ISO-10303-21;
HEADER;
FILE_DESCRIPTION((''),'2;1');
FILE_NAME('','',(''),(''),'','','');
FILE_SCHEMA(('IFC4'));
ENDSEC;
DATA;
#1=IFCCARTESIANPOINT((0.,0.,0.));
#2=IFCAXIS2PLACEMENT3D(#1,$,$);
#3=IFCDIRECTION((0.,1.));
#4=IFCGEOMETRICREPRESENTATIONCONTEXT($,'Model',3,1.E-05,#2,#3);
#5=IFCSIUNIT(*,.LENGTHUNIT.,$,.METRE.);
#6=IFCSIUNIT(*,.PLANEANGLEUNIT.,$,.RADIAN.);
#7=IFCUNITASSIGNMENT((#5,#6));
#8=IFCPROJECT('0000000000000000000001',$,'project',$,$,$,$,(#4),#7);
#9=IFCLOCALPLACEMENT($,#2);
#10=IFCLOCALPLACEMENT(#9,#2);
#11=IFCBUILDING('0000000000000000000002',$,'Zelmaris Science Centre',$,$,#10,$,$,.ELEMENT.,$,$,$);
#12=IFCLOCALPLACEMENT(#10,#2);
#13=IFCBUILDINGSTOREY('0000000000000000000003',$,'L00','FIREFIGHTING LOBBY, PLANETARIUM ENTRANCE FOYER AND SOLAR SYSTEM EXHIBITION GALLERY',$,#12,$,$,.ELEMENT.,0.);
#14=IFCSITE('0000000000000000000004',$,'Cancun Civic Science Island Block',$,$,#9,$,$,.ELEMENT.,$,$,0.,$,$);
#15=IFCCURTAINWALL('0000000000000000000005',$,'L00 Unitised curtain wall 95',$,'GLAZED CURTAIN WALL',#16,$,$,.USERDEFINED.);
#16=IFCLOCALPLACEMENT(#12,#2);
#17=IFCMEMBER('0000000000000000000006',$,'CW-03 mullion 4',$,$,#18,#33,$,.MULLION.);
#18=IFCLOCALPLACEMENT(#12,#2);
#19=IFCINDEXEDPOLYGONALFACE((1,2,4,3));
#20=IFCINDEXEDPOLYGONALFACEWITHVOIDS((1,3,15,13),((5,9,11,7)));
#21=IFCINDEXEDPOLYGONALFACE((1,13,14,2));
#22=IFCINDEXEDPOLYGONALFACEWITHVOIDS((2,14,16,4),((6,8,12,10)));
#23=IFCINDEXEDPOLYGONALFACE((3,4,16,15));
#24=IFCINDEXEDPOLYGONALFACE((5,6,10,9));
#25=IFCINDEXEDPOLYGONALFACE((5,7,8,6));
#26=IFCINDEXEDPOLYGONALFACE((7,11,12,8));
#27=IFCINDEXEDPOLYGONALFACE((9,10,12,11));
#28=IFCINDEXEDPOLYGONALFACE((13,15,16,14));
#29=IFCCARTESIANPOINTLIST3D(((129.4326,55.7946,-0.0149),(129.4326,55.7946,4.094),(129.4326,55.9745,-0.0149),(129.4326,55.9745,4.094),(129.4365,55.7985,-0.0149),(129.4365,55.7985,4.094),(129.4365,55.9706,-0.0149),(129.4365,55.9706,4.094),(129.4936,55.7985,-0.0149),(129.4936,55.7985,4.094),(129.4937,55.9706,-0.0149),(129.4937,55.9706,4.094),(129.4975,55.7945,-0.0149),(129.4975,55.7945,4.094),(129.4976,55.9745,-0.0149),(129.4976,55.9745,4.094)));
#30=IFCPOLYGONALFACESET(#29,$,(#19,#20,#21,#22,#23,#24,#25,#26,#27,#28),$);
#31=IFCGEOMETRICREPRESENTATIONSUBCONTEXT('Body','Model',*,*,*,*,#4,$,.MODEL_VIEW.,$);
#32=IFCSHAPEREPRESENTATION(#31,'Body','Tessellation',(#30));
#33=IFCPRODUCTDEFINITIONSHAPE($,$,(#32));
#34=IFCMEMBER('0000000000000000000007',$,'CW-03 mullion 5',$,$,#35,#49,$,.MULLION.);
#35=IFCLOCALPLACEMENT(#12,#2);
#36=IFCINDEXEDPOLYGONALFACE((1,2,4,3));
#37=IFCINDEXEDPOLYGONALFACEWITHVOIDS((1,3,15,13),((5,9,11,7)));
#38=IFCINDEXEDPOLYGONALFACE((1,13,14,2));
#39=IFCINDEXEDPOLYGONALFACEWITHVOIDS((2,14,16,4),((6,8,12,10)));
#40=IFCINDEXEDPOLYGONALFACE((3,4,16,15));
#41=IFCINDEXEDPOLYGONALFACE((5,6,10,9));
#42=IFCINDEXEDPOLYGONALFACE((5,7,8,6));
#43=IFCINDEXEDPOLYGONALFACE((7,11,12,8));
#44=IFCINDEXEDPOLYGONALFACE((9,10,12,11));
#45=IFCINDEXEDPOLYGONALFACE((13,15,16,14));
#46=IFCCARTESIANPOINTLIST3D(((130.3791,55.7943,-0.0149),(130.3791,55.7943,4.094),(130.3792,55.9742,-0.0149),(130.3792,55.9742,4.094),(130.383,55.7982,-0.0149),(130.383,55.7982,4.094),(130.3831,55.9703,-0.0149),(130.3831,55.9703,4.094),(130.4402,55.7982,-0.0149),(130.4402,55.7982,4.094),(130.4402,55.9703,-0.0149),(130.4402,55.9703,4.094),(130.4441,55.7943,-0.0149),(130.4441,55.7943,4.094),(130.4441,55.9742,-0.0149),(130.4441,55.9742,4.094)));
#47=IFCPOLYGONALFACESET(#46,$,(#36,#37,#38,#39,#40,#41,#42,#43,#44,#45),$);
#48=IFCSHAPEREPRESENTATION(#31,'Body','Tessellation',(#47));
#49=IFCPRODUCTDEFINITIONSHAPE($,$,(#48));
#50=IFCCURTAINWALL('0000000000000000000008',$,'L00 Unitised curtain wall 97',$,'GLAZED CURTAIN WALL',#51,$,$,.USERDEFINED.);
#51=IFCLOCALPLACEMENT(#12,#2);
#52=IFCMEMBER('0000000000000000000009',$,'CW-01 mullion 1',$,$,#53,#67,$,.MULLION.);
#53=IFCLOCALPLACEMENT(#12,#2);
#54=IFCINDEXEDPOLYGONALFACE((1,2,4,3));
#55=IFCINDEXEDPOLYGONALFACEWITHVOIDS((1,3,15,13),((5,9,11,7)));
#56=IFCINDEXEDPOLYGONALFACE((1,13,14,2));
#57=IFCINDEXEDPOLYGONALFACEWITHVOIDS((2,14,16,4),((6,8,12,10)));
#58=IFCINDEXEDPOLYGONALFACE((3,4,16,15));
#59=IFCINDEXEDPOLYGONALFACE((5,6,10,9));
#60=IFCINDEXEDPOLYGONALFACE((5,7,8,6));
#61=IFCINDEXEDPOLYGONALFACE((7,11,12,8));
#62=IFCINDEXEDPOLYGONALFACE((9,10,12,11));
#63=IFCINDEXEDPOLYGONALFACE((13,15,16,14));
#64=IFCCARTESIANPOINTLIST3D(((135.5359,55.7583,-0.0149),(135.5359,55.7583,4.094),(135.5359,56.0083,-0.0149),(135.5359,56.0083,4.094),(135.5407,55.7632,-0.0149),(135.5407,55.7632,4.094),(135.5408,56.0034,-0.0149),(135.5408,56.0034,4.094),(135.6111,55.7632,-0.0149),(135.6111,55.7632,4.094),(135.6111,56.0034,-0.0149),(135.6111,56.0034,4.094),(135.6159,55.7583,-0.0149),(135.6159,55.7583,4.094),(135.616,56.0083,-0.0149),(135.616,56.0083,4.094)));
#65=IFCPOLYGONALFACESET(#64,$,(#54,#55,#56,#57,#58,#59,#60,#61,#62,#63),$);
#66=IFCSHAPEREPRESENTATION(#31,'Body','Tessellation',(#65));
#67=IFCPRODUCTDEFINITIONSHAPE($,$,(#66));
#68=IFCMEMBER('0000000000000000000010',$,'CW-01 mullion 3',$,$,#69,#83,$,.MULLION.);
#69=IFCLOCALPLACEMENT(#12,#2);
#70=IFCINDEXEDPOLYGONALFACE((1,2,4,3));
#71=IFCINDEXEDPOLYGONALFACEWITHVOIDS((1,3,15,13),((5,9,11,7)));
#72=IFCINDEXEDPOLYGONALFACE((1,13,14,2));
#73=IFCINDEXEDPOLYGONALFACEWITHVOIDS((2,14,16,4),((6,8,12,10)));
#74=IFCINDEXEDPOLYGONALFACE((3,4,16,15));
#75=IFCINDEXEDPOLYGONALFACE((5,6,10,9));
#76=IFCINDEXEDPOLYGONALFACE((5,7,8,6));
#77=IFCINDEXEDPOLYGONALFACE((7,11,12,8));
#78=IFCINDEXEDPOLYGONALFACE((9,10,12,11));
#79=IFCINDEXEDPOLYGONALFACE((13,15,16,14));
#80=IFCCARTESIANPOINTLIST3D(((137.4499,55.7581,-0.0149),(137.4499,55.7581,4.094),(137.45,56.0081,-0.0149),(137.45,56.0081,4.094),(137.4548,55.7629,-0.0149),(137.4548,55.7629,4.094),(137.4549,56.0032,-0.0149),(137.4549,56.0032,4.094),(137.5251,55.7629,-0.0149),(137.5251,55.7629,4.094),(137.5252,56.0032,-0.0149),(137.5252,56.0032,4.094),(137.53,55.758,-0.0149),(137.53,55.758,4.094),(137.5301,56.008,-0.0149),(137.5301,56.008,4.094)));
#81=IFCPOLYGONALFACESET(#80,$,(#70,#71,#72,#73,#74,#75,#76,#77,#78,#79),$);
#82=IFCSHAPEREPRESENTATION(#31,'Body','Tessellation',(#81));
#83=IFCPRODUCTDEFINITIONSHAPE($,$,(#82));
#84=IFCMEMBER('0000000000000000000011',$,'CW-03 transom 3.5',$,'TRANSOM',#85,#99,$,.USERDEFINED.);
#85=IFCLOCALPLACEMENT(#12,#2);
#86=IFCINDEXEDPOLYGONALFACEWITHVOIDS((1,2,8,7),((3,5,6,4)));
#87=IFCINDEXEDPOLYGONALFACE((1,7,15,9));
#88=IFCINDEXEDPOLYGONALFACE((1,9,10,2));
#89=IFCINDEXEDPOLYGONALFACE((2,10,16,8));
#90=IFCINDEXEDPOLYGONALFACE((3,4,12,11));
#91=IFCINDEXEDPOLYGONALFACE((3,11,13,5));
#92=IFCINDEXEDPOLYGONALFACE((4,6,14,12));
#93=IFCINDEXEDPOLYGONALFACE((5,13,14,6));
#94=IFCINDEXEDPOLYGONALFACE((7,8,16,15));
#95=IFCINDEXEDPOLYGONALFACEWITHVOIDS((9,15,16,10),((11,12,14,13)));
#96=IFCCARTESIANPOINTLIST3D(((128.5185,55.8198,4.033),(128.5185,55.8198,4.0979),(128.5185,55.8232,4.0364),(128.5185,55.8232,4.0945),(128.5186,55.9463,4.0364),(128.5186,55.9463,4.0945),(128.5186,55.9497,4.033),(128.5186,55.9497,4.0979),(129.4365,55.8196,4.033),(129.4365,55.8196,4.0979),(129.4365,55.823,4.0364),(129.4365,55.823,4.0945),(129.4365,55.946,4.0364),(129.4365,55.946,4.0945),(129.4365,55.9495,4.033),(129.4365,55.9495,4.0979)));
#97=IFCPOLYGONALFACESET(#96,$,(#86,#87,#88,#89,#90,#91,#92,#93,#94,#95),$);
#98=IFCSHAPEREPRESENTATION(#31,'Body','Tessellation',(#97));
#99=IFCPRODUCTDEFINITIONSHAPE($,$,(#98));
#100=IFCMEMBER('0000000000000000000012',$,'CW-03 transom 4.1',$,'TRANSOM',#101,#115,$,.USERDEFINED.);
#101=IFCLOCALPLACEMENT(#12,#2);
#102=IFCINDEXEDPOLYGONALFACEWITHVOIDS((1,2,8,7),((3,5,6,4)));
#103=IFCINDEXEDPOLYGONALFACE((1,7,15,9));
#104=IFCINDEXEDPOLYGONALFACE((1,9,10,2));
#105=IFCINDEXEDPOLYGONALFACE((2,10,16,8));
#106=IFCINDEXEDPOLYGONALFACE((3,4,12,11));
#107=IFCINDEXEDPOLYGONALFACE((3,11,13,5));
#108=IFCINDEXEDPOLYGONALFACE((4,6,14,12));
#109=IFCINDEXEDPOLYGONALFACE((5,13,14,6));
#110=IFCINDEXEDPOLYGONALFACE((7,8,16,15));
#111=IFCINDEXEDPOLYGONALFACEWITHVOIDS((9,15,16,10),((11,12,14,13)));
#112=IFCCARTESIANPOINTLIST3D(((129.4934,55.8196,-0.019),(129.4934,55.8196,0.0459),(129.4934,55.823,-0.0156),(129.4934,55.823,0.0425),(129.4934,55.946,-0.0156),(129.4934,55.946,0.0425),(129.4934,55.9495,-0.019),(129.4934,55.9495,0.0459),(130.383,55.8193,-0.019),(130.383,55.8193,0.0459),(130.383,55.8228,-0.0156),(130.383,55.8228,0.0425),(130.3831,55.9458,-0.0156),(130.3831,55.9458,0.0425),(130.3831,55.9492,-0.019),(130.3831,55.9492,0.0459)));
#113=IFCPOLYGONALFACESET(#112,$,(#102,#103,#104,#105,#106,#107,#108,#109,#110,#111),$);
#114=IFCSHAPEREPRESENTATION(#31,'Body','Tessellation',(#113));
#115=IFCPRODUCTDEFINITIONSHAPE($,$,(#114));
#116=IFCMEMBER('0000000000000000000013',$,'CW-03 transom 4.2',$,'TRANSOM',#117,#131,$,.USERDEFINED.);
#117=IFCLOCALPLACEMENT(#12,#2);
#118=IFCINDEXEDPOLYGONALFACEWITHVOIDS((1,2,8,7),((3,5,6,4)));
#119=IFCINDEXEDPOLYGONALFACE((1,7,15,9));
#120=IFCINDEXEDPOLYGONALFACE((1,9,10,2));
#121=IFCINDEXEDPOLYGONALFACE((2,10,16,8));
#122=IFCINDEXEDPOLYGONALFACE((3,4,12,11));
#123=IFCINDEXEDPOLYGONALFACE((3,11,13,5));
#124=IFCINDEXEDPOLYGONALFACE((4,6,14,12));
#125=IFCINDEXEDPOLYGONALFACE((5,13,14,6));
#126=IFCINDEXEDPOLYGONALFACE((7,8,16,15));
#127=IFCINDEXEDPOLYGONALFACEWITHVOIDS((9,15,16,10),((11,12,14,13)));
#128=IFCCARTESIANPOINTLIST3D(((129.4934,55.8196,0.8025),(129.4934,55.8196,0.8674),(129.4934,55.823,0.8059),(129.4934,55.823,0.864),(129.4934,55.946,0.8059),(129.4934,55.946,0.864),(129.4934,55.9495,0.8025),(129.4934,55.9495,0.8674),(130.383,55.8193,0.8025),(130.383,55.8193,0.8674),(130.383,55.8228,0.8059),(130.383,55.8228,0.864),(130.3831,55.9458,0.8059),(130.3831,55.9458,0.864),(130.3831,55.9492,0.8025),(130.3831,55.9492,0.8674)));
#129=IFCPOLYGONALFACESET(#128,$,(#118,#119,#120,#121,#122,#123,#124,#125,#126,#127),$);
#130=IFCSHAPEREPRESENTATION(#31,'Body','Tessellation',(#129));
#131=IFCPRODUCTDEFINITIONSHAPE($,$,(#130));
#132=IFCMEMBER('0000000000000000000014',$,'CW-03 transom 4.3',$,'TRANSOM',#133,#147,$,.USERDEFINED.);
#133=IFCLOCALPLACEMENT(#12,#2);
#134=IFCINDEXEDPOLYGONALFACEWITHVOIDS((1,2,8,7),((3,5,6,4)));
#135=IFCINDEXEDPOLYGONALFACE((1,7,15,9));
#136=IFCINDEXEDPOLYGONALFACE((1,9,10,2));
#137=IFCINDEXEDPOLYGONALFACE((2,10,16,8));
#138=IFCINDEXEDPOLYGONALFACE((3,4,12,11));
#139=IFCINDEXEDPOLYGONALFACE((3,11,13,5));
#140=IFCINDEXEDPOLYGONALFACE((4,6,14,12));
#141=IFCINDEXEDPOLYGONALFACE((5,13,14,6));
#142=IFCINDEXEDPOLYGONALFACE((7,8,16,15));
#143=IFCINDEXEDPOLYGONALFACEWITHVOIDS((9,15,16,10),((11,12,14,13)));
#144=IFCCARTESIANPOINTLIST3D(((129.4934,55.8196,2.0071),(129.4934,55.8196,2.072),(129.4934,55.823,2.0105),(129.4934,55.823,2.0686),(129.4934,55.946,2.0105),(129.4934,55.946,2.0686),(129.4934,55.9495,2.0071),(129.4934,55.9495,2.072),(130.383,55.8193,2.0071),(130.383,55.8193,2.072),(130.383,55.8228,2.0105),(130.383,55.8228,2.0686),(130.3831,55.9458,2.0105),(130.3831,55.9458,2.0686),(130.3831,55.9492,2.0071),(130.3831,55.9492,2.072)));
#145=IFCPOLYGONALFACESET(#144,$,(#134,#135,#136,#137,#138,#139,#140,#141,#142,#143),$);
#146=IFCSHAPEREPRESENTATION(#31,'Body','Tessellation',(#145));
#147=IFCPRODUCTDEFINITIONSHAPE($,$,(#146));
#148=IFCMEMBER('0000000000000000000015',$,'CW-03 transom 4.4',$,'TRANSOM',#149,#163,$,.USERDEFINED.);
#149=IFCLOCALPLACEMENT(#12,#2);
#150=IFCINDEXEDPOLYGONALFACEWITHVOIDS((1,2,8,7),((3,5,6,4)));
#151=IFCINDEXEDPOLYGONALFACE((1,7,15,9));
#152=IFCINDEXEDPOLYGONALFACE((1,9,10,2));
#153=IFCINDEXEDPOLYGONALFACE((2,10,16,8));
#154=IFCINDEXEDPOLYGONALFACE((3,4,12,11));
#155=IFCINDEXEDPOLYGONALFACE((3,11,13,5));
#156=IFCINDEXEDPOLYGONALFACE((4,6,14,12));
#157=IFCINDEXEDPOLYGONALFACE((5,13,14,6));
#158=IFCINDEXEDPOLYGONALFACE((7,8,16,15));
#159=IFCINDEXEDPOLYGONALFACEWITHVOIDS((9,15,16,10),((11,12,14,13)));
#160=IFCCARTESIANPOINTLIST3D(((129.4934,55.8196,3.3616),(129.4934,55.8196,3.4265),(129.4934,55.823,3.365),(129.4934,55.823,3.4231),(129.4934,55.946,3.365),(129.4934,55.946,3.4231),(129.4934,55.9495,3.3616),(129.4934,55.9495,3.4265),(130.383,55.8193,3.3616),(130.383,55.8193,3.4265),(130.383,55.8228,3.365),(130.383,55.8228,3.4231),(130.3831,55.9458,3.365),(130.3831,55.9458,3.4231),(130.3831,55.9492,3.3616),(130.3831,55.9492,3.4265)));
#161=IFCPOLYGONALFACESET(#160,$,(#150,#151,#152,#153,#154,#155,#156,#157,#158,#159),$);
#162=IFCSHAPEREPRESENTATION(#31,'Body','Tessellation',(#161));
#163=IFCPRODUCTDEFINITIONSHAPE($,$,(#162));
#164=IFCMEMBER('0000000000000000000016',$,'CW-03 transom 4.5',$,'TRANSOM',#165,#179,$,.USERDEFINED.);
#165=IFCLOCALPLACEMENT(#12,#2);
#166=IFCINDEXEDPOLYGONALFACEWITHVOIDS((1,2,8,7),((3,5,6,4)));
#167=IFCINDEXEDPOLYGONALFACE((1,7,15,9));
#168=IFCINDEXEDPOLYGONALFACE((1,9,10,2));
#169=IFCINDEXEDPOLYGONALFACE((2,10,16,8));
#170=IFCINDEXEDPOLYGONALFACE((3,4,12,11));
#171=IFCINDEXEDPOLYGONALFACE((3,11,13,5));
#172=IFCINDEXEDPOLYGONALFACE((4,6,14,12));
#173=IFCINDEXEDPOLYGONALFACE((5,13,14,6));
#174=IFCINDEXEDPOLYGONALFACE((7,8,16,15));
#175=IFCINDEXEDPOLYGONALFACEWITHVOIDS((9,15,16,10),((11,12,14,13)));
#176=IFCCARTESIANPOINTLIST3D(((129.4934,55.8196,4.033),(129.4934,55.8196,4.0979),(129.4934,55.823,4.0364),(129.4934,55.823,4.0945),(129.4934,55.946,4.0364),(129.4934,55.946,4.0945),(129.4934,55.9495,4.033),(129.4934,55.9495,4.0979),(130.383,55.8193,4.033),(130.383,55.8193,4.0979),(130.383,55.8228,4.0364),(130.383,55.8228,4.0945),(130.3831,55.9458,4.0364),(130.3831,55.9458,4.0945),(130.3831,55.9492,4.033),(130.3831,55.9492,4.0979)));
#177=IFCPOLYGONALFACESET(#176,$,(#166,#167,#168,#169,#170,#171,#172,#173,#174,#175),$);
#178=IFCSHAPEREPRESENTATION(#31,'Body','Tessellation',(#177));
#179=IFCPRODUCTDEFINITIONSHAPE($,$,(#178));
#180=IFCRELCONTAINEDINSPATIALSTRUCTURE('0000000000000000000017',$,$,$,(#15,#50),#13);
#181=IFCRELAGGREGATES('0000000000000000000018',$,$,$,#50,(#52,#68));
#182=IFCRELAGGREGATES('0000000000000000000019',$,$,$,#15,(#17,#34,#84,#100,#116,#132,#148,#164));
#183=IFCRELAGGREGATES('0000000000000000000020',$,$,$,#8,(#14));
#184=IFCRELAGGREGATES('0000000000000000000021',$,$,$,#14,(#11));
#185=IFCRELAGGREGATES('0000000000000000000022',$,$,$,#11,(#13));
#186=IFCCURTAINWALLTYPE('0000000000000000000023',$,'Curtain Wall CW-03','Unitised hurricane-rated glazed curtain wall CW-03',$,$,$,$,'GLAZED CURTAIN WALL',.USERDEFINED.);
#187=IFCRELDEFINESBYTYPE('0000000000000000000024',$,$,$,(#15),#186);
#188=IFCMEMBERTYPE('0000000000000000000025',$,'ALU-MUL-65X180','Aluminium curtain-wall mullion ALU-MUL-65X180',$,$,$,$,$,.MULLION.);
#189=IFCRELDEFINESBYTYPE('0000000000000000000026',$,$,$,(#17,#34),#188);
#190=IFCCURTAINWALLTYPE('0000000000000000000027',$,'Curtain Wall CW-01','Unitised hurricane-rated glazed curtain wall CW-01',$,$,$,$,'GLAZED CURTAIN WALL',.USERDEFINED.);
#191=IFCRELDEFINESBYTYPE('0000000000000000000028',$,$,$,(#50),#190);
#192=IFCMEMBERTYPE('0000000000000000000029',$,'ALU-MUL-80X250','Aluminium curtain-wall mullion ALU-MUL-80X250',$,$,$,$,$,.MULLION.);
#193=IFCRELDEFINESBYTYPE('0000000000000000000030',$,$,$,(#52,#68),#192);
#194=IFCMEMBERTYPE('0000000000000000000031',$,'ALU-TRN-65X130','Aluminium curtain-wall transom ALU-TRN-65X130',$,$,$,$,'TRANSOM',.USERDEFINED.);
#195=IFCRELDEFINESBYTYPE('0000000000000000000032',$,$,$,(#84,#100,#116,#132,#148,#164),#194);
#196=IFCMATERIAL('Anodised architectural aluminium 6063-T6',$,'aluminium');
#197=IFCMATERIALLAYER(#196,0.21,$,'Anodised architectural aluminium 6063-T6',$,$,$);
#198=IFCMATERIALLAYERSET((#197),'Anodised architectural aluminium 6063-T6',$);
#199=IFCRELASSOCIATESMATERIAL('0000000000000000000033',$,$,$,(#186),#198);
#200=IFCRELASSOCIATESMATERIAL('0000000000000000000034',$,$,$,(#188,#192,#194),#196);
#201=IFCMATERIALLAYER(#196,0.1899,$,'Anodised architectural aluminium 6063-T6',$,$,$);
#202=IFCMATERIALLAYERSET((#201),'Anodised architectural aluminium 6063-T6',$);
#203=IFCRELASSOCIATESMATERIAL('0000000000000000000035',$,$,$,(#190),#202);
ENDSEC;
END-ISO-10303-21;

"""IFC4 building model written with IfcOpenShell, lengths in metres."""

from ifc_helpers import new_model, si_unit, direction, frame, origin, origin_2d, place, context, subcontext, project, spatial, hollow_rectangle, extrude, material, layer, layer_set, material_profile, profile_set, type_object, element, aggregate, save


model = new_model("IFC4")

# Units and contexts
model_context = context("Model", 3, precision=1e-05, world=origin(), true_north=direction((0.0, 1.0)))
body_context = subcontext(model_context, "Body", "Model", "MODEL_VIEW")
ifc_project = project(units=[si_unit("LENGTHUNIT", "METRE"), si_unit("PLANEANGLEUNIT", "RADIAN")], contexts=[model_context])

# Site, building, storey
site_placement = place(None, origin())
site = spatial("IfcSite", under=ifc_project, at=site_placement, Name="Cancun Civic Science Island Block", CompositionType="ELEMENT", RefElevation=0.0)
building_placement = place(site_placement, origin())
building = spatial("IfcBuilding", under=site, at=building_placement, Name="Zelmaris Science Centre", CompositionType="ELEMENT")
storey_placement = place(building_placement, origin())
storey = spatial("IfcBuildingStorey", under=building, at=storey_placement, Name="L00", Description="FIREFIGHTING LOBBY, PLANETARIUM ENTRANCE FOYER AND SOLAR SYSTEM EXHIBITION GALLERY", CompositionType="ELEMENT", Elevation=0.0)

# Curtain walls, members
ifc_material_1 = material(Name="Anodised architectural aluminium 6063-T6", Category="aluminium")
ifc_layer_1 = layer(ifc_material_1, 0.21, Name="Anodised architectural aluminium 6063-T6")
ifc_layer_set_1 = layer_set([ifc_layer_1], Name="Anodised architectural aluminium 6063-T6")
curtain_wall_type_1 = type_object("IfcCurtainWallType", Name="Curtain Wall CW-03", Description="Unitised hurricane-rated glazed curtain wall CW-03", ElementType="GLAZED CURTAIN WALL", PredefinedType="USERDEFINED", material=ifc_layer_set_1)
curtain_wall_1_placement = place(storey_placement, origin())
curtain_wall_1 = element("IfcCurtainWall", 1, at=curtain_wall_1_placement, inside=storey, type_object=curtain_wall_type_1, Name="L00 Unitised curtain wall 95", ObjectType="GLAZED CURTAIN WALL", PredefinedType="USERDEFINED")
ifc_material_profile_1 = material_profile(ifc_material_1, hollow_rectangle(XDim=0.0649, YDim=0.1799, WallThickness=0.0039, at=origin_2d()), Name="ALU-MUL-65X180")
ifc_profile_set_1 = profile_set([ifc_material_profile_1], Name="Anodised architectural aluminium 6063-T6")
member_type_1 = type_object("IfcMemberType", Name="ALU-MUL-65X180", Description="Aluminium curtain-wall mullion ALU-MUL-65X180", PredefinedType="MULLION", material=ifc_profile_set_1)
member_1_placement = place(storey_placement, frame((129.4651, 55.8845, -0.0149), z_axis=(0.0, 0.0, 1.0), x_axis=(1.0, -0.000194, 0.0)))
member_1 = element("IfcMember", 2, at=member_1_placement, type_object=member_type_1, Name="CW-03 mullion 4", PredefinedType="MULLION", context=body_context, shape_type="SweptSolid", body=[
    extrude(hollow_rectangle(XDim=0.0649, YDim=0.1799, WallThickness=0.0039, at=origin_2d()), origin(), (0.0, 0.0, 1.0), 4.1089),
])
member_2_placement = place(storey_placement, frame((130.4116, 55.8843, -0.0149), z_axis=(0.0, 0.0, 1.0), x_axis=(1.0, -0.000194, 0.0)))
member_2 = element("IfcMember", 3, at=member_2_placement, type_object=member_type_1, Name="CW-03 mullion 5", PredefinedType="MULLION", context=body_context, shape_type="SweptSolid", body=[
    extrude(hollow_rectangle(XDim=0.0649, YDim=0.1799, WallThickness=0.0039, at=origin_2d()), origin(), (0.0, 0.0, 1.0), 4.1089),
])
ifc_layer_2 = layer(ifc_material_1, 0.1899, Name="Anodised architectural aluminium 6063-T6")
ifc_layer_set_2 = layer_set([ifc_layer_2], Name="Anodised architectural aluminium 6063-T6")
curtain_wall_type_2 = type_object("IfcCurtainWallType", Name="Curtain Wall CW-01", Description="Unitised hurricane-rated glazed curtain wall CW-01", ElementType="GLAZED CURTAIN WALL", PredefinedType="USERDEFINED", material=ifc_layer_set_2)
curtain_wall_2_placement = place(storey_placement, origin())
curtain_wall_2 = element("IfcCurtainWall", 4, at=curtain_wall_2_placement, inside=storey, type_object=curtain_wall_type_2, Name="L00 Unitised curtain wall 97", ObjectType="GLAZED CURTAIN WALL", PredefinedType="USERDEFINED")
ifc_material_profile_2 = material_profile(ifc_material_1, hollow_rectangle(XDim=0.0801, YDim=0.25, WallThickness=0.0049, at=origin_2d()), Name="ALU-MUL-80X250")
ifc_profile_set_2 = profile_set([ifc_material_profile_2], Name="Anodised architectural aluminium 6063-T6")
member_type_2 = type_object("IfcMemberType", Name="ALU-MUL-80X250", Description="Aluminium curtain-wall mullion ALU-MUL-80X250", PredefinedType="MULLION", material=ifc_profile_set_2)
member_3_placement = place(storey_placement, frame((135.5759, 55.8833, -0.0149), z_axis=(0.0, 0.0, 1.0), x_axis=(1.0, -0.000194, 0.0)))
member_3 = element("IfcMember", 5, at=member_3_placement, type_object=member_type_2, Name="CW-01 mullion 1", PredefinedType="MULLION", context=body_context, shape_type="SweptSolid", body=[
    extrude(hollow_rectangle(XDim=0.0801, YDim=0.25, WallThickness=0.0049, at=origin_2d()), origin(), (0.0, 0.0, 1.0), 4.1089),
])
member_4_placement = place(storey_placement, frame((137.49, 55.8831, -0.0149), z_axis=(0.0, 0.0, 1.0), x_axis=(1.0, -0.000194, 0.0)))
member_4 = element("IfcMember", 6, at=member_4_placement, type_object=member_type_2, Name="CW-01 mullion 3", PredefinedType="MULLION", context=body_context, shape_type="SweptSolid", body=[
    extrude(hollow_rectangle(XDim=0.0801, YDim=0.25, WallThickness=0.0049, at=origin_2d()), origin(), (0.0, 0.0, 1.0), 4.1089),
])

# Members
ifc_material_profile_3 = material_profile(ifc_material_1, hollow_rectangle(XDim=0.0649, YDim=0.1299, WallThickness=0.0034, at=origin_2d()), Name="ALU-TRN-65X130")
ifc_profile_set_3 = profile_set([ifc_material_profile_3], Name="Anodised architectural aluminium 6063-T6")
member_type_3 = type_object("IfcMemberType", Name="ALU-TRN-65X130", Description="Aluminium curtain-wall transom ALU-TRN-65X130", ElementType="TRANSOM", PredefinedType="USERDEFINED", material=ifc_profile_set_3)
member_5_placement = place(storey_placement, frame((128.5186, 55.8848, 4.0654), z_axis=(1.0, -0.000266, 0.0), x_axis=(0.0, 0.0, 1.0)))
member_5 = element("IfcMember", 7, at=member_5_placement, type_object=member_type_3, Name="CW-03 transom 3.5", ObjectType="TRANSOM", PredefinedType="USERDEFINED", context=body_context, shape_type="SweptSolid", body=[
    extrude(hollow_rectangle(XDim=0.0649, YDim=0.1299, WallThickness=0.0034, at=origin_2d()), origin(), (0.0, 0.0, 1.0), 0.918),
])
member_6_placement = place(storey_placement, frame((129.4934, 55.8845, 0.0134), z_axis=(1.0, -0.000274, 0.0), x_axis=(0.0, 0.0, 1.0)))
member_6 = element("IfcMember", 8, at=member_6_placement, type_object=member_type_3, Name="CW-03 transom 4.1", ObjectType="TRANSOM", PredefinedType="USERDEFINED", context=body_context, shape_type="SweptSolid", body=[
    extrude(hollow_rectangle(XDim=0.0649, YDim=0.1299, WallThickness=0.0034, at=origin_2d()), origin(), (0.0, 0.0, 1.0), 0.8896),
])
member_7_placement = place(storey_placement, frame((129.4934, 55.8845, 0.835), z_axis=(1.0, -0.000274, 0.0), x_axis=(0.0, 0.0, 1.0)))
member_7 = element("IfcMember", 9, at=member_7_placement, type_object=member_type_3, Name="CW-03 transom 4.2", ObjectType="TRANSOM", PredefinedType="USERDEFINED", context=body_context, shape_type="SweptSolid", body=[
    extrude(hollow_rectangle(XDim=0.0649, YDim=0.1299, WallThickness=0.0034, at=origin_2d()), origin(), (0.0, 0.0, 1.0), 0.8896),
])
member_8_placement = place(storey_placement, frame((129.4934, 55.8845, 2.0396), z_axis=(1.0, -0.000274, 0.0), x_axis=(0.0, 0.0, 1.0)))
member_8 = element("IfcMember", 10, at=member_8_placement, type_object=member_type_3, Name="CW-03 transom 4.3", ObjectType="TRANSOM", PredefinedType="USERDEFINED", context=body_context, shape_type="SweptSolid", body=[
    extrude(hollow_rectangle(XDim=0.0649, YDim=0.1299, WallThickness=0.0034, at=origin_2d()), origin(), (0.0, 0.0, 1.0), 0.8896),
])
member_9_placement = place(storey_placement, frame((129.4934, 55.8845, 3.394), z_axis=(1.0, -0.000274, 0.0), x_axis=(0.0, 0.0, 1.0)))
member_9 = element("IfcMember", 11, at=member_9_placement, type_object=member_type_3, Name="CW-03 transom 4.4", ObjectType="TRANSOM", PredefinedType="USERDEFINED", context=body_context, shape_type="SweptSolid", body=[
    extrude(hollow_rectangle(XDim=0.0649, YDim=0.1299, WallThickness=0.0034, at=origin_2d()), origin(), (0.0, 0.0, 1.0), 0.8896),
])
member_10_placement = place(storey_placement, frame((129.4934, 55.8845, 4.0654), z_axis=(1.0, -0.000274, 0.0), x_axis=(0.0, 0.0, 1.0)))
member_10 = element("IfcMember", 12, at=member_10_placement, type_object=member_type_3, Name="CW-03 transom 4.5", ObjectType="TRANSOM", PredefinedType="USERDEFINED", context=body_context, shape_type="SweptSolid", body=[
    extrude(hollow_rectangle(XDim=0.0649, YDim=0.1299, WallThickness=0.0034, at=origin_2d()), origin(), (0.0, 0.0, 1.0), 0.8896),
])

aggregate(curtain_wall_2, [member_3, member_4])
aggregate(curtain_wall_1, [member_1, member_2, member_5, member_6, member_7, member_8, member_9, member_10])

save(model, "model.ifc")
